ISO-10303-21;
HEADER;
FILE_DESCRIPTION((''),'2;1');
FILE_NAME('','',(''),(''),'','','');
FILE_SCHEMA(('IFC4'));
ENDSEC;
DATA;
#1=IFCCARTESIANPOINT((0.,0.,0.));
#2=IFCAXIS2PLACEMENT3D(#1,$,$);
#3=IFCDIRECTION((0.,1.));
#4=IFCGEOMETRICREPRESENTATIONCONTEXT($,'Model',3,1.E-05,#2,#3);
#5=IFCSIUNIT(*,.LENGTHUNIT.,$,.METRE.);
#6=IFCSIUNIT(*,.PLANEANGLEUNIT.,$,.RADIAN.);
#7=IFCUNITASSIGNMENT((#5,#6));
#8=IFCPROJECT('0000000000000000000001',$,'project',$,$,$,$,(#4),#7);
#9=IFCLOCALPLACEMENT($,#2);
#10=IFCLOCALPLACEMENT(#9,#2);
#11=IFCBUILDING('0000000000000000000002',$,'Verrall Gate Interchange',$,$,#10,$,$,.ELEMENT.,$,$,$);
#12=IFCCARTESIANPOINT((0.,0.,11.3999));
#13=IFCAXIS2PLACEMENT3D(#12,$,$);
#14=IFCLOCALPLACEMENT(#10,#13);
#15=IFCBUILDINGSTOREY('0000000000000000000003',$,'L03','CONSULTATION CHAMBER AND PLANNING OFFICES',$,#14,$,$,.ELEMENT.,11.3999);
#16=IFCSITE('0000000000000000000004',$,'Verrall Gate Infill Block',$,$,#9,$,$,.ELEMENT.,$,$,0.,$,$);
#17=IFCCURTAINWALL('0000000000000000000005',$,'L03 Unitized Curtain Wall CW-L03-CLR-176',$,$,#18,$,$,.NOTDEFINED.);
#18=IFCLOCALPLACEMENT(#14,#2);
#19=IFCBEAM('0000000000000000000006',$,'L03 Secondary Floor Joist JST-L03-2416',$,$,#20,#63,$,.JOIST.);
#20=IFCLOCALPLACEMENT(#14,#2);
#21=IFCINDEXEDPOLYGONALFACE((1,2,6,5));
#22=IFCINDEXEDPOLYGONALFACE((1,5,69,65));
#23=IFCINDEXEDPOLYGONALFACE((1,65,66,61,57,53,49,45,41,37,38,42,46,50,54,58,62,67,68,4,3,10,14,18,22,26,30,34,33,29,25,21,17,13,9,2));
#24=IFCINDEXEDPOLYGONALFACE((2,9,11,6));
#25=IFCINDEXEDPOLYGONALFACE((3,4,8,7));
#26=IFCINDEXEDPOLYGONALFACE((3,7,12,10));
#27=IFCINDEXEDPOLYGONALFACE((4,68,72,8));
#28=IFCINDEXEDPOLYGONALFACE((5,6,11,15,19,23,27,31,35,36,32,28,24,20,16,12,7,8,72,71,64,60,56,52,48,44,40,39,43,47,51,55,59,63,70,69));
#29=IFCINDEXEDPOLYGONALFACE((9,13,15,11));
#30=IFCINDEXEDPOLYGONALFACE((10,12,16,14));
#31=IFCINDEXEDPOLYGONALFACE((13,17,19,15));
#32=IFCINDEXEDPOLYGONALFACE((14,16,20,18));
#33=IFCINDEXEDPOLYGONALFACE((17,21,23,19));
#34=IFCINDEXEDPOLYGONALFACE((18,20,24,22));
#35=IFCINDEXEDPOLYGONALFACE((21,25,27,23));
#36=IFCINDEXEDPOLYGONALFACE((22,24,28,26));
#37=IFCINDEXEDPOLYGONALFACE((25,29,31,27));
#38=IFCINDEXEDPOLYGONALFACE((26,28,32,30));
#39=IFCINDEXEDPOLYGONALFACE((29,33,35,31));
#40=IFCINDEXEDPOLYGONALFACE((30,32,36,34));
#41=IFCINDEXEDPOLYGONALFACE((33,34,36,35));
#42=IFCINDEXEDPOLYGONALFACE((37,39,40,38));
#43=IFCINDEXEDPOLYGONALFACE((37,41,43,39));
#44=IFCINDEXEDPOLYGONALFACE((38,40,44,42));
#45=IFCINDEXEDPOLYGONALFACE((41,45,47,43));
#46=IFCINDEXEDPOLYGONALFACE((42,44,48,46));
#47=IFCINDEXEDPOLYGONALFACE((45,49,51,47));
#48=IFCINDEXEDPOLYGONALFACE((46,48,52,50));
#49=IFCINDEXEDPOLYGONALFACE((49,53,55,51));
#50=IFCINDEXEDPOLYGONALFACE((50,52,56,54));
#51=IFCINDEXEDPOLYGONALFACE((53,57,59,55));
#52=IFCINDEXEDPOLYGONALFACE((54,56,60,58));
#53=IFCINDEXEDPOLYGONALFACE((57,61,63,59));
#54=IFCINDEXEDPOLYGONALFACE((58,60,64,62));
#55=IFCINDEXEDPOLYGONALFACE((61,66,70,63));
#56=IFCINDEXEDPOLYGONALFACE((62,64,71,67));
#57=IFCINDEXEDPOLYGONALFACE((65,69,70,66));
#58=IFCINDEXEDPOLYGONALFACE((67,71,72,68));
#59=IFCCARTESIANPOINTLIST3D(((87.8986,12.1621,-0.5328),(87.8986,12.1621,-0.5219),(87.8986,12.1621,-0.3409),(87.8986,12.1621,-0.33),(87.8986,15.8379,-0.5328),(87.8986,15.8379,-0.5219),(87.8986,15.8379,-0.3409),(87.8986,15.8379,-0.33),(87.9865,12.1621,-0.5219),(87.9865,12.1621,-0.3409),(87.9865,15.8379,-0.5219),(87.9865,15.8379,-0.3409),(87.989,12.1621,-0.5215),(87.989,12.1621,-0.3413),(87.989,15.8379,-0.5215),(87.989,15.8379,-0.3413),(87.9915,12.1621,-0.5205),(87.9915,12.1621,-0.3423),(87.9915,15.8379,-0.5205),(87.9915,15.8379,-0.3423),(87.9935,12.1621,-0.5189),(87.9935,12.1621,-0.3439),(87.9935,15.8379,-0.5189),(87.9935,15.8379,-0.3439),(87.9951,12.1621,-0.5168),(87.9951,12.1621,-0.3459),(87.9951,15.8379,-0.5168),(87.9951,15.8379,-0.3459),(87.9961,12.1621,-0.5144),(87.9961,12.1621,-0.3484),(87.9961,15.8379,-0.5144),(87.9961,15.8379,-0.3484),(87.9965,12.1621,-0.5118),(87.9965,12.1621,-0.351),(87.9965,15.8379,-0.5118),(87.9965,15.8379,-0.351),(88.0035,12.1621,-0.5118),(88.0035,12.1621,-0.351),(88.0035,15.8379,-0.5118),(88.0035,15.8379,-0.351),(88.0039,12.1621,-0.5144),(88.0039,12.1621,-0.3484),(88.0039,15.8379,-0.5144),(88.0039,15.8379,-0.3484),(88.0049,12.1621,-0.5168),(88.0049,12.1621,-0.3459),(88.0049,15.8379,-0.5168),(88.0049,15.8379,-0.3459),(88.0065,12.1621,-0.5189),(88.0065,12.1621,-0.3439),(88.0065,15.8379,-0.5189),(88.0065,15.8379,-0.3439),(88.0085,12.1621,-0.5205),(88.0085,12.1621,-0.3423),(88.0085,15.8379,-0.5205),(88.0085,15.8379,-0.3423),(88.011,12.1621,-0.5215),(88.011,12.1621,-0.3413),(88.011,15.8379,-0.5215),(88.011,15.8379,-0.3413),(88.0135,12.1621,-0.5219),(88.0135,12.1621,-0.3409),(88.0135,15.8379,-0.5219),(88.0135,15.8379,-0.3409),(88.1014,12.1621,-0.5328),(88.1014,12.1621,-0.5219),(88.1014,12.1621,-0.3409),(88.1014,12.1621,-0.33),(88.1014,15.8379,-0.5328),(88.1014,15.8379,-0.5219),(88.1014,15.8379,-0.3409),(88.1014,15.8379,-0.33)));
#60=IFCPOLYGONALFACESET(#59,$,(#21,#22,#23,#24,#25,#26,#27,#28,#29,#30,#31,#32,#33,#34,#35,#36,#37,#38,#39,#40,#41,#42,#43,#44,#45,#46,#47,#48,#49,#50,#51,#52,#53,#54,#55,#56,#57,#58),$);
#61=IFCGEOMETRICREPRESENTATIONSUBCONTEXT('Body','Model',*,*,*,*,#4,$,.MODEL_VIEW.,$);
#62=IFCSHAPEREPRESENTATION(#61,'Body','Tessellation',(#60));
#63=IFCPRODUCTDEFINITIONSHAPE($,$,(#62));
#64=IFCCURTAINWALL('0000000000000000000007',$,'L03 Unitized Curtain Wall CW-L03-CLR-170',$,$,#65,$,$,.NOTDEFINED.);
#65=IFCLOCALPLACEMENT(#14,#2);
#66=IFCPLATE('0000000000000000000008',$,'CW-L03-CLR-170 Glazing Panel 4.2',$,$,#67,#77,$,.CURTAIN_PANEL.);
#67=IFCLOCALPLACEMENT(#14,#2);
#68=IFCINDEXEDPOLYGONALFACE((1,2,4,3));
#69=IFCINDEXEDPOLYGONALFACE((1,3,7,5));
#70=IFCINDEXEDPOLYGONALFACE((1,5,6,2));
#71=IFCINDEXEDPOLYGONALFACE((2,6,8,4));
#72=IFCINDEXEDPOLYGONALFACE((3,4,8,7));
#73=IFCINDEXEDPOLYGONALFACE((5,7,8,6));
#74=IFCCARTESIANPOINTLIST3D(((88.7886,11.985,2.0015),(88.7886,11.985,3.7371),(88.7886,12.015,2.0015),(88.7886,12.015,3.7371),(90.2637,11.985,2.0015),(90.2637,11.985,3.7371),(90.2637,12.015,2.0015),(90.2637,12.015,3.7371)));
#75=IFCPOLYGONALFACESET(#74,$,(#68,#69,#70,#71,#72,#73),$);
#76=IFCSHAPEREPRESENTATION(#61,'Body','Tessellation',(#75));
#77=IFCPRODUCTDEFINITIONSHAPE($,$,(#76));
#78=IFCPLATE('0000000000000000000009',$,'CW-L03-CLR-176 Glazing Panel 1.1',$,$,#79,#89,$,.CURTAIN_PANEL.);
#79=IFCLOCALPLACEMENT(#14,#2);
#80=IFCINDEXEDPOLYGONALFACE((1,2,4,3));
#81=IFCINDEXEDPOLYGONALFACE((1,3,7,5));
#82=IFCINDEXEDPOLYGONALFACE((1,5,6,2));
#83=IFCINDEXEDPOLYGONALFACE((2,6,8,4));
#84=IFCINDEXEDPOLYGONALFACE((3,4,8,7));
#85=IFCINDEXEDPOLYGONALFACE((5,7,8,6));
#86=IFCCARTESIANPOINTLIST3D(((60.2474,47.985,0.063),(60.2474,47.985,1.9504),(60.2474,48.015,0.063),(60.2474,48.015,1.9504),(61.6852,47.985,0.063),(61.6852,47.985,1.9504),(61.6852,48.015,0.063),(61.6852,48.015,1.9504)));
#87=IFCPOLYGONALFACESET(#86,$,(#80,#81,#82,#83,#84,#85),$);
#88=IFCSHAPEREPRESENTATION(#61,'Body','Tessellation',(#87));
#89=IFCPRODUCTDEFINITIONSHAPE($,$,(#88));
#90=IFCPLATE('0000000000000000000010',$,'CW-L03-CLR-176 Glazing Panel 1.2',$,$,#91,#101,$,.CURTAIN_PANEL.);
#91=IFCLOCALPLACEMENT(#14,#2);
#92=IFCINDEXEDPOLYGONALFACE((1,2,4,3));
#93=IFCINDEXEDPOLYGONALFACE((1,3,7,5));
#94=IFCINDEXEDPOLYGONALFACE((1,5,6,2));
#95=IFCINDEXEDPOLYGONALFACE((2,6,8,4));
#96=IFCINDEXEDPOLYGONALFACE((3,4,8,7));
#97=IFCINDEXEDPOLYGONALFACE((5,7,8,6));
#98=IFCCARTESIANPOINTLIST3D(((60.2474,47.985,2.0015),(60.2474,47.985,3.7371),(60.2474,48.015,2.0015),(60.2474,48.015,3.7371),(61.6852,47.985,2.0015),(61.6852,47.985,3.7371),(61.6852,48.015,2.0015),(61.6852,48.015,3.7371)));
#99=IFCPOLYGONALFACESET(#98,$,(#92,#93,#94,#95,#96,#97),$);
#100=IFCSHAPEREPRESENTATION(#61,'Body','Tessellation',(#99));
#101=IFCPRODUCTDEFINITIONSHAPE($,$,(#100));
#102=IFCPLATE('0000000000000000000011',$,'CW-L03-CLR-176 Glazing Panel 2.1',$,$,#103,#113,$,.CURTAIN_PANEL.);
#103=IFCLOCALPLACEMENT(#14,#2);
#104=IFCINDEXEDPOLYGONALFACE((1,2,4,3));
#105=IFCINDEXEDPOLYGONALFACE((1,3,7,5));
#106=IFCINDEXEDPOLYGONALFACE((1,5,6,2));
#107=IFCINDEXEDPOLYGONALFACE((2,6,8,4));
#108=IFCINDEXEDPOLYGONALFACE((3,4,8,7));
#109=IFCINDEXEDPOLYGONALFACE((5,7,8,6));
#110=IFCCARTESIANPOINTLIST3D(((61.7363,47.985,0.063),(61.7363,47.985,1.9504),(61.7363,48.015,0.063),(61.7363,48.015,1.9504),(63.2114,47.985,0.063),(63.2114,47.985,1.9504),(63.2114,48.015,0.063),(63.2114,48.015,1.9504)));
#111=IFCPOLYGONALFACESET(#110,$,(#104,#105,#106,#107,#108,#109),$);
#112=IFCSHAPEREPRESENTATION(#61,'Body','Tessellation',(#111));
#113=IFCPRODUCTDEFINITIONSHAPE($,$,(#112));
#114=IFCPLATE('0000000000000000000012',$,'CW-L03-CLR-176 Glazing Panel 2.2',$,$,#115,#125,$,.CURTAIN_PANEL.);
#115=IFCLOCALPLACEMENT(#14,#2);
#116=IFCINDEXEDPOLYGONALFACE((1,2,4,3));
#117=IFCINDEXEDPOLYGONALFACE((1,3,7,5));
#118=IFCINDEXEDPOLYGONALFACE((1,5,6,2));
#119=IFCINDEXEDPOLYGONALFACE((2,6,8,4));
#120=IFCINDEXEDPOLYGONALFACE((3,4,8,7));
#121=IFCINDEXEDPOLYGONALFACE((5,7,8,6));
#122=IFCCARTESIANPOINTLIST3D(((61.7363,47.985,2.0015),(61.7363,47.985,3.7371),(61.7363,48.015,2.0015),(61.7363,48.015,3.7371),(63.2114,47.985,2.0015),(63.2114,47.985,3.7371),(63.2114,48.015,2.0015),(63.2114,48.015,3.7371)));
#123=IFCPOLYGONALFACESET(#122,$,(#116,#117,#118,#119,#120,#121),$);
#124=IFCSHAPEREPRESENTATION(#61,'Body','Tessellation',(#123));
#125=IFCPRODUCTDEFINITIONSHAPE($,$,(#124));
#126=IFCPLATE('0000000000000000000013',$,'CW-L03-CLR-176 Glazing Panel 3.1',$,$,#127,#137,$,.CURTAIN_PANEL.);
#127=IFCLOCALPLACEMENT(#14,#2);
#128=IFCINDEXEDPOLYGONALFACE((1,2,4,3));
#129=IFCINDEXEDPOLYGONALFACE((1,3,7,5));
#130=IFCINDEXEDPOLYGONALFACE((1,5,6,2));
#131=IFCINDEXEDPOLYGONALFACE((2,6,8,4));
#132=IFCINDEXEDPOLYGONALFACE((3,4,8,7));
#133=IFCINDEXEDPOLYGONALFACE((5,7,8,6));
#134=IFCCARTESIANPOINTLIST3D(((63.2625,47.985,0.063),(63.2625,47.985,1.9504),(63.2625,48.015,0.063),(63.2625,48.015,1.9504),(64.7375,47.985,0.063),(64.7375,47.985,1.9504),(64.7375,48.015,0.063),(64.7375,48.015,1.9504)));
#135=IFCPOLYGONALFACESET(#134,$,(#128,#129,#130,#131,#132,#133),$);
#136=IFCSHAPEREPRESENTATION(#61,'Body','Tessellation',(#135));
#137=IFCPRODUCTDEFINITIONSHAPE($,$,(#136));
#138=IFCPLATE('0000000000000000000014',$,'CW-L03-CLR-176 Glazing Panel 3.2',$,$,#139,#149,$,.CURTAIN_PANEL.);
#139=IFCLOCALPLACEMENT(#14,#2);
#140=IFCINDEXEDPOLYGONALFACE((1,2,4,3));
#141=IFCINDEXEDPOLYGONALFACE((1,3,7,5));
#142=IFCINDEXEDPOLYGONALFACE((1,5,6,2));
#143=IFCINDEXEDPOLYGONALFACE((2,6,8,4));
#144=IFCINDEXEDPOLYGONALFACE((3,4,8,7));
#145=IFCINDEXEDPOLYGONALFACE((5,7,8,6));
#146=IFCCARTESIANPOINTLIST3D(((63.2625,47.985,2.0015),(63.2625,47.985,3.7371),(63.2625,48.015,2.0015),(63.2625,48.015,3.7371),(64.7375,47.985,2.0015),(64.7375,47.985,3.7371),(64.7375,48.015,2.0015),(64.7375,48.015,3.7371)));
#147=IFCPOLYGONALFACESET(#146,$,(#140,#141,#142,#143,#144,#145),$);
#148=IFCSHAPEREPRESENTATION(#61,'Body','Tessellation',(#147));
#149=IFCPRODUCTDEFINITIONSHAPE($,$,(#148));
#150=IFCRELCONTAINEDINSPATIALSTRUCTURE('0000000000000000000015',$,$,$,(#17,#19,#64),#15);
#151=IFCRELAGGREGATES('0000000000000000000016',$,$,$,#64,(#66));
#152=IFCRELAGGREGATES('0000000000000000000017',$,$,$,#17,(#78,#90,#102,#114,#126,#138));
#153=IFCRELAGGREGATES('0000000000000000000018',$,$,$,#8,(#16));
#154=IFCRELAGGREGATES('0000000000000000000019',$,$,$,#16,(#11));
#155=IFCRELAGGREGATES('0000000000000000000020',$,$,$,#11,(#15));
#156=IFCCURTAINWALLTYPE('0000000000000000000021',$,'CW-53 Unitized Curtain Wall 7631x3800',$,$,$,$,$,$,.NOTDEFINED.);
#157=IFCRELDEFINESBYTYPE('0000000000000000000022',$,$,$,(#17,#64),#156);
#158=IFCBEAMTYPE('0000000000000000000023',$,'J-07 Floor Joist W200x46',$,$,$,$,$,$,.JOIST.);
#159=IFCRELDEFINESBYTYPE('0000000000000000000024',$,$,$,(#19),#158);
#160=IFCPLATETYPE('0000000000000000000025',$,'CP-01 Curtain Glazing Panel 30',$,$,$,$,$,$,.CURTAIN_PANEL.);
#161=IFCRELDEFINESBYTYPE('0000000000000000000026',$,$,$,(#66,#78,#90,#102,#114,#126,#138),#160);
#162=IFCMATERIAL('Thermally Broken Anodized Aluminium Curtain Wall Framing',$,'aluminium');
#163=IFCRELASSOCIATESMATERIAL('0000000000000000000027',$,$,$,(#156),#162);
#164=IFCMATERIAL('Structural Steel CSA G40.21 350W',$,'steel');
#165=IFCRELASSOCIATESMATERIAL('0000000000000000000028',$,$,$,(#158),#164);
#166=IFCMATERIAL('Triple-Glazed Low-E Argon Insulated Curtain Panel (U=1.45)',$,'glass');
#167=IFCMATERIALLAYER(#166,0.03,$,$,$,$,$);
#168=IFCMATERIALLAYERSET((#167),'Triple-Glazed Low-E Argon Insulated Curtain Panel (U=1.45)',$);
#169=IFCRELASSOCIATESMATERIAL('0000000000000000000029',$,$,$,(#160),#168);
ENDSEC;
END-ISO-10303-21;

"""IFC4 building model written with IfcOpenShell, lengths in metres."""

from ifc_helpers import new_model, si_unit, direction, frame, origin, origin_2d, place, context, subcontext, project, spatial, rectangle, i_section, extrude, material, layer, layer_set, material_profile, profile_set, type_object, element, aggregate, save


model = new_model("IFC4")

# Units and contexts
model_context = context("Model", 3, precision=1e-05, world=origin(), true_north=direction((0.0, 1.0)))
body_context = subcontext(model_context, "Body", "Model", "MODEL_VIEW")
ifc_project = project(units=[si_unit("LENGTHUNIT", "METRE"), si_unit("PLANEANGLEUNIT", "RADIAN")], contexts=[model_context])

# Site, building, storey
site_placement = place(None, origin())
site = spatial("IfcSite", under=ifc_project, at=site_placement, Name="Verrall Gate Infill Block", CompositionType="ELEMENT", RefElevation=0.0)
building_placement = place(site_placement, origin())
building = spatial("IfcBuilding", under=site, at=building_placement, Name="Verrall Gate Interchange", CompositionType="ELEMENT")
storey_placement = place(building_placement, frame((0.0, 0.0, 11.3999)))
storey = spatial("IfcBuildingStorey", under=building, at=storey_placement, Name="L03", Description="CONSULTATION CHAMBER AND PLANNING OFFICES", CompositionType="ELEMENT", Elevation=11.3999)

# Curtain wall
ifc_material_1 = material(Name="Thermally Broken Anodized Aluminium Curtain Wall Framing", Category="aluminium")
curtain_wall_type = type_object("IfcCurtainWallType", Name="CW-53 Unitized Curtain Wall 7631x3800", PredefinedType="NOTDEFINED", material=ifc_material_1)
curtain_wall_1_placement = place(storey_placement, origin())
curtain_wall_1 = element("IfcCurtainWall", 1, at=curtain_wall_1_placement, inside=storey, type_object=curtain_wall_type, Name="L03 Unitized Curtain Wall CW-L03-CLR-176", PredefinedType="NOTDEFINED")

# Beam
ifc_material_2 = material(Name="Structural Steel CSA G40.21 350W", Category="steel")
ifc_material_profile_1 = material_profile(ifc_material_2, i_section(OverallWidth=0.2029, OverallDepth=0.2029, WebThickness=0.0071, FlangeThickness=0.011, FilletRadius=0.01, at=origin_2d()), Name="W200x46")
ifc_profile_set_1 = profile_set([ifc_material_profile_1], Name="Structural Steel CSA G40.21 350W")
beam_type_1 = type_object("IfcBeamType", Name="J-07 Floor Joist W200x46", PredefinedType="JOIST", material=ifc_profile_set_1)
beam_1_placement = place(storey_placement, frame((88.0, 12.1621, -0.4314), z_axis=(0.0, 1.0, 0.0), x_axis=(-1.0, 0.0, 0.0)))
element("IfcBeam", 2, at=beam_1_placement, inside=storey, type_object=beam_type_1, Name="L03 Secondary Floor Joist JST-L03-2416", PredefinedType="JOIST", context=body_context, shape_type="SweptSolid", body=[
    extrude(i_section(OverallWidth=0.2029, OverallDepth=0.2029, WebThickness=0.0071, FlangeThickness=0.011, FilletRadius=0.01, at=origin_2d()), origin(), (0.0, 0.0, 1.0), 3.6758),
])

# Curtain wall, plate
curtain_wall_2_placement = place(storey_placement, origin())
curtain_wall_2 = element("IfcCurtainWall", 3, at=curtain_wall_2_placement, inside=storey, type_object=curtain_wall_type, Name="L03 Unitized Curtain Wall CW-L03-CLR-170", PredefinedType="NOTDEFINED")
ifc_material_3 = material(Name="Triple-Glazed Low-E Argon Insulated Curtain Panel (U=1.45)", Category="glass")
ifc_layer = layer(ifc_material_3, 0.03)
ifc_layer_set = layer_set([ifc_layer], Name="Triple-Glazed Low-E Argon Insulated Curtain Panel (U=1.45)")
plate_type = type_object("IfcPlateType", Name="CP-01 Curtain Glazing Panel 30", PredefinedType="CURTAIN_PANEL", material=ifc_layer_set)
plate_1_placement = place(storey_placement, frame((89.5261, 12.0, 2.0015), z_axis=(0.0, 0.0, 1.0), x_axis=(1.0, 0.0, 0.0)))
plate_1 = element("IfcPlate", 4, at=plate_1_placement, type_object=plate_type, Name="CW-L03-CLR-170 Glazing Panel 4.2", PredefinedType="CURTAIN_PANEL", context=body_context, shape_type="SweptSolid", body=[
    extrude(rectangle(XDim=1.4751, YDim=0.03, at=origin_2d()), origin(), (0.0, 0.0, 1.0), 1.7356),
])
aggregate(curtain_wall_2, [plate_1])

# Plates
plate_2_placement = place(storey_placement, frame((60.9663, 48.0, 0.063), z_axis=(0.0, 0.0, 1.0), x_axis=(1.0, 0.0, 0.0)))
plate_2 = element("IfcPlate", 5, at=plate_2_placement, type_object=plate_type, Name="CW-L03-CLR-176 Glazing Panel 1.1", PredefinedType="CURTAIN_PANEL", context=body_context, shape_type="SweptSolid", body=[
    extrude(rectangle(XDim=1.4377, YDim=0.03, at=origin_2d()), origin(), (0.0, 0.0, 1.0), 1.8875),
])
plate_3_placement = place(storey_placement, frame((60.9663, 48.0, 2.0015), z_axis=(0.0, 0.0, 1.0), x_axis=(1.0, 0.0, 0.0)))
plate_3 = element("IfcPlate", 6, at=plate_3_placement, type_object=plate_type, Name="CW-L03-CLR-176 Glazing Panel 1.2", PredefinedType="CURTAIN_PANEL", context=body_context, shape_type="SweptSolid", body=[
    extrude(rectangle(XDim=1.4377, YDim=0.03, at=origin_2d()), origin(), (0.0, 0.0, 1.0), 1.7356),
])
plate_4_placement = place(storey_placement, frame((62.4739, 48.0, 0.063), z_axis=(0.0, 0.0, 1.0), x_axis=(1.0, 0.0, 0.0)))
plate_4 = element("IfcPlate", 7, at=plate_4_placement, type_object=plate_type, Name="CW-L03-CLR-176 Glazing Panel 2.1", PredefinedType="CURTAIN_PANEL", context=body_context, shape_type="SweptSolid", body=[
    extrude(rectangle(XDim=1.4751, YDim=0.03, at=origin_2d()), origin(), (0.0, 0.0, 1.0), 1.8875),
])
plate_5_placement = place(storey_placement, frame((62.4739, 48.0, 2.0015), z_axis=(0.0, 0.0, 1.0), x_axis=(1.0, 0.0, 0.0)))
plate_5 = element("IfcPlate", 8, at=plate_5_placement, type_object=plate_type, Name="CW-L03-CLR-176 Glazing Panel 2.2", PredefinedType="CURTAIN_PANEL", context=body_context, shape_type="SweptSolid", body=[
    extrude(rectangle(XDim=1.4751, YDim=0.03, at=origin_2d()), origin(), (0.0, 0.0, 1.0), 1.7356),
])
plate_6_placement = place(storey_placement, frame((64.0, 48.0, 0.063), z_axis=(0.0, 0.0, 1.0), x_axis=(1.0, 0.0, 0.0)))
plate_6 = element("IfcPlate", 9, at=plate_6_placement, type_object=plate_type, Name="CW-L03-CLR-176 Glazing Panel 3.1", PredefinedType="CURTAIN_PANEL", context=body_context, shape_type="SweptSolid", body=[
    extrude(rectangle(XDim=1.4751, YDim=0.03, at=origin_2d()), origin(), (0.0, 0.0, 1.0), 1.8875),
])
plate_7_placement = place(storey_placement, frame((64.0, 48.0, 2.0015), z_axis=(0.0, 0.0, 1.0), x_axis=(1.0, 0.0, 0.0)))
plate_7 = element("IfcPlate", 10, at=plate_7_placement, type_object=plate_type, Name="CW-L03-CLR-176 Glazing Panel 3.2", PredefinedType="CURTAIN_PANEL", context=body_context, shape_type="SweptSolid", body=[
    extrude(rectangle(XDim=1.4751, YDim=0.03, at=origin_2d()), origin(), (0.0, 0.0, 1.0), 1.7356),
])
aggregate(curtain_wall_1, [plate_2, plate_3, plate_4, plate_5, plate_6, plate_7])

save(model, "model.ifc")
